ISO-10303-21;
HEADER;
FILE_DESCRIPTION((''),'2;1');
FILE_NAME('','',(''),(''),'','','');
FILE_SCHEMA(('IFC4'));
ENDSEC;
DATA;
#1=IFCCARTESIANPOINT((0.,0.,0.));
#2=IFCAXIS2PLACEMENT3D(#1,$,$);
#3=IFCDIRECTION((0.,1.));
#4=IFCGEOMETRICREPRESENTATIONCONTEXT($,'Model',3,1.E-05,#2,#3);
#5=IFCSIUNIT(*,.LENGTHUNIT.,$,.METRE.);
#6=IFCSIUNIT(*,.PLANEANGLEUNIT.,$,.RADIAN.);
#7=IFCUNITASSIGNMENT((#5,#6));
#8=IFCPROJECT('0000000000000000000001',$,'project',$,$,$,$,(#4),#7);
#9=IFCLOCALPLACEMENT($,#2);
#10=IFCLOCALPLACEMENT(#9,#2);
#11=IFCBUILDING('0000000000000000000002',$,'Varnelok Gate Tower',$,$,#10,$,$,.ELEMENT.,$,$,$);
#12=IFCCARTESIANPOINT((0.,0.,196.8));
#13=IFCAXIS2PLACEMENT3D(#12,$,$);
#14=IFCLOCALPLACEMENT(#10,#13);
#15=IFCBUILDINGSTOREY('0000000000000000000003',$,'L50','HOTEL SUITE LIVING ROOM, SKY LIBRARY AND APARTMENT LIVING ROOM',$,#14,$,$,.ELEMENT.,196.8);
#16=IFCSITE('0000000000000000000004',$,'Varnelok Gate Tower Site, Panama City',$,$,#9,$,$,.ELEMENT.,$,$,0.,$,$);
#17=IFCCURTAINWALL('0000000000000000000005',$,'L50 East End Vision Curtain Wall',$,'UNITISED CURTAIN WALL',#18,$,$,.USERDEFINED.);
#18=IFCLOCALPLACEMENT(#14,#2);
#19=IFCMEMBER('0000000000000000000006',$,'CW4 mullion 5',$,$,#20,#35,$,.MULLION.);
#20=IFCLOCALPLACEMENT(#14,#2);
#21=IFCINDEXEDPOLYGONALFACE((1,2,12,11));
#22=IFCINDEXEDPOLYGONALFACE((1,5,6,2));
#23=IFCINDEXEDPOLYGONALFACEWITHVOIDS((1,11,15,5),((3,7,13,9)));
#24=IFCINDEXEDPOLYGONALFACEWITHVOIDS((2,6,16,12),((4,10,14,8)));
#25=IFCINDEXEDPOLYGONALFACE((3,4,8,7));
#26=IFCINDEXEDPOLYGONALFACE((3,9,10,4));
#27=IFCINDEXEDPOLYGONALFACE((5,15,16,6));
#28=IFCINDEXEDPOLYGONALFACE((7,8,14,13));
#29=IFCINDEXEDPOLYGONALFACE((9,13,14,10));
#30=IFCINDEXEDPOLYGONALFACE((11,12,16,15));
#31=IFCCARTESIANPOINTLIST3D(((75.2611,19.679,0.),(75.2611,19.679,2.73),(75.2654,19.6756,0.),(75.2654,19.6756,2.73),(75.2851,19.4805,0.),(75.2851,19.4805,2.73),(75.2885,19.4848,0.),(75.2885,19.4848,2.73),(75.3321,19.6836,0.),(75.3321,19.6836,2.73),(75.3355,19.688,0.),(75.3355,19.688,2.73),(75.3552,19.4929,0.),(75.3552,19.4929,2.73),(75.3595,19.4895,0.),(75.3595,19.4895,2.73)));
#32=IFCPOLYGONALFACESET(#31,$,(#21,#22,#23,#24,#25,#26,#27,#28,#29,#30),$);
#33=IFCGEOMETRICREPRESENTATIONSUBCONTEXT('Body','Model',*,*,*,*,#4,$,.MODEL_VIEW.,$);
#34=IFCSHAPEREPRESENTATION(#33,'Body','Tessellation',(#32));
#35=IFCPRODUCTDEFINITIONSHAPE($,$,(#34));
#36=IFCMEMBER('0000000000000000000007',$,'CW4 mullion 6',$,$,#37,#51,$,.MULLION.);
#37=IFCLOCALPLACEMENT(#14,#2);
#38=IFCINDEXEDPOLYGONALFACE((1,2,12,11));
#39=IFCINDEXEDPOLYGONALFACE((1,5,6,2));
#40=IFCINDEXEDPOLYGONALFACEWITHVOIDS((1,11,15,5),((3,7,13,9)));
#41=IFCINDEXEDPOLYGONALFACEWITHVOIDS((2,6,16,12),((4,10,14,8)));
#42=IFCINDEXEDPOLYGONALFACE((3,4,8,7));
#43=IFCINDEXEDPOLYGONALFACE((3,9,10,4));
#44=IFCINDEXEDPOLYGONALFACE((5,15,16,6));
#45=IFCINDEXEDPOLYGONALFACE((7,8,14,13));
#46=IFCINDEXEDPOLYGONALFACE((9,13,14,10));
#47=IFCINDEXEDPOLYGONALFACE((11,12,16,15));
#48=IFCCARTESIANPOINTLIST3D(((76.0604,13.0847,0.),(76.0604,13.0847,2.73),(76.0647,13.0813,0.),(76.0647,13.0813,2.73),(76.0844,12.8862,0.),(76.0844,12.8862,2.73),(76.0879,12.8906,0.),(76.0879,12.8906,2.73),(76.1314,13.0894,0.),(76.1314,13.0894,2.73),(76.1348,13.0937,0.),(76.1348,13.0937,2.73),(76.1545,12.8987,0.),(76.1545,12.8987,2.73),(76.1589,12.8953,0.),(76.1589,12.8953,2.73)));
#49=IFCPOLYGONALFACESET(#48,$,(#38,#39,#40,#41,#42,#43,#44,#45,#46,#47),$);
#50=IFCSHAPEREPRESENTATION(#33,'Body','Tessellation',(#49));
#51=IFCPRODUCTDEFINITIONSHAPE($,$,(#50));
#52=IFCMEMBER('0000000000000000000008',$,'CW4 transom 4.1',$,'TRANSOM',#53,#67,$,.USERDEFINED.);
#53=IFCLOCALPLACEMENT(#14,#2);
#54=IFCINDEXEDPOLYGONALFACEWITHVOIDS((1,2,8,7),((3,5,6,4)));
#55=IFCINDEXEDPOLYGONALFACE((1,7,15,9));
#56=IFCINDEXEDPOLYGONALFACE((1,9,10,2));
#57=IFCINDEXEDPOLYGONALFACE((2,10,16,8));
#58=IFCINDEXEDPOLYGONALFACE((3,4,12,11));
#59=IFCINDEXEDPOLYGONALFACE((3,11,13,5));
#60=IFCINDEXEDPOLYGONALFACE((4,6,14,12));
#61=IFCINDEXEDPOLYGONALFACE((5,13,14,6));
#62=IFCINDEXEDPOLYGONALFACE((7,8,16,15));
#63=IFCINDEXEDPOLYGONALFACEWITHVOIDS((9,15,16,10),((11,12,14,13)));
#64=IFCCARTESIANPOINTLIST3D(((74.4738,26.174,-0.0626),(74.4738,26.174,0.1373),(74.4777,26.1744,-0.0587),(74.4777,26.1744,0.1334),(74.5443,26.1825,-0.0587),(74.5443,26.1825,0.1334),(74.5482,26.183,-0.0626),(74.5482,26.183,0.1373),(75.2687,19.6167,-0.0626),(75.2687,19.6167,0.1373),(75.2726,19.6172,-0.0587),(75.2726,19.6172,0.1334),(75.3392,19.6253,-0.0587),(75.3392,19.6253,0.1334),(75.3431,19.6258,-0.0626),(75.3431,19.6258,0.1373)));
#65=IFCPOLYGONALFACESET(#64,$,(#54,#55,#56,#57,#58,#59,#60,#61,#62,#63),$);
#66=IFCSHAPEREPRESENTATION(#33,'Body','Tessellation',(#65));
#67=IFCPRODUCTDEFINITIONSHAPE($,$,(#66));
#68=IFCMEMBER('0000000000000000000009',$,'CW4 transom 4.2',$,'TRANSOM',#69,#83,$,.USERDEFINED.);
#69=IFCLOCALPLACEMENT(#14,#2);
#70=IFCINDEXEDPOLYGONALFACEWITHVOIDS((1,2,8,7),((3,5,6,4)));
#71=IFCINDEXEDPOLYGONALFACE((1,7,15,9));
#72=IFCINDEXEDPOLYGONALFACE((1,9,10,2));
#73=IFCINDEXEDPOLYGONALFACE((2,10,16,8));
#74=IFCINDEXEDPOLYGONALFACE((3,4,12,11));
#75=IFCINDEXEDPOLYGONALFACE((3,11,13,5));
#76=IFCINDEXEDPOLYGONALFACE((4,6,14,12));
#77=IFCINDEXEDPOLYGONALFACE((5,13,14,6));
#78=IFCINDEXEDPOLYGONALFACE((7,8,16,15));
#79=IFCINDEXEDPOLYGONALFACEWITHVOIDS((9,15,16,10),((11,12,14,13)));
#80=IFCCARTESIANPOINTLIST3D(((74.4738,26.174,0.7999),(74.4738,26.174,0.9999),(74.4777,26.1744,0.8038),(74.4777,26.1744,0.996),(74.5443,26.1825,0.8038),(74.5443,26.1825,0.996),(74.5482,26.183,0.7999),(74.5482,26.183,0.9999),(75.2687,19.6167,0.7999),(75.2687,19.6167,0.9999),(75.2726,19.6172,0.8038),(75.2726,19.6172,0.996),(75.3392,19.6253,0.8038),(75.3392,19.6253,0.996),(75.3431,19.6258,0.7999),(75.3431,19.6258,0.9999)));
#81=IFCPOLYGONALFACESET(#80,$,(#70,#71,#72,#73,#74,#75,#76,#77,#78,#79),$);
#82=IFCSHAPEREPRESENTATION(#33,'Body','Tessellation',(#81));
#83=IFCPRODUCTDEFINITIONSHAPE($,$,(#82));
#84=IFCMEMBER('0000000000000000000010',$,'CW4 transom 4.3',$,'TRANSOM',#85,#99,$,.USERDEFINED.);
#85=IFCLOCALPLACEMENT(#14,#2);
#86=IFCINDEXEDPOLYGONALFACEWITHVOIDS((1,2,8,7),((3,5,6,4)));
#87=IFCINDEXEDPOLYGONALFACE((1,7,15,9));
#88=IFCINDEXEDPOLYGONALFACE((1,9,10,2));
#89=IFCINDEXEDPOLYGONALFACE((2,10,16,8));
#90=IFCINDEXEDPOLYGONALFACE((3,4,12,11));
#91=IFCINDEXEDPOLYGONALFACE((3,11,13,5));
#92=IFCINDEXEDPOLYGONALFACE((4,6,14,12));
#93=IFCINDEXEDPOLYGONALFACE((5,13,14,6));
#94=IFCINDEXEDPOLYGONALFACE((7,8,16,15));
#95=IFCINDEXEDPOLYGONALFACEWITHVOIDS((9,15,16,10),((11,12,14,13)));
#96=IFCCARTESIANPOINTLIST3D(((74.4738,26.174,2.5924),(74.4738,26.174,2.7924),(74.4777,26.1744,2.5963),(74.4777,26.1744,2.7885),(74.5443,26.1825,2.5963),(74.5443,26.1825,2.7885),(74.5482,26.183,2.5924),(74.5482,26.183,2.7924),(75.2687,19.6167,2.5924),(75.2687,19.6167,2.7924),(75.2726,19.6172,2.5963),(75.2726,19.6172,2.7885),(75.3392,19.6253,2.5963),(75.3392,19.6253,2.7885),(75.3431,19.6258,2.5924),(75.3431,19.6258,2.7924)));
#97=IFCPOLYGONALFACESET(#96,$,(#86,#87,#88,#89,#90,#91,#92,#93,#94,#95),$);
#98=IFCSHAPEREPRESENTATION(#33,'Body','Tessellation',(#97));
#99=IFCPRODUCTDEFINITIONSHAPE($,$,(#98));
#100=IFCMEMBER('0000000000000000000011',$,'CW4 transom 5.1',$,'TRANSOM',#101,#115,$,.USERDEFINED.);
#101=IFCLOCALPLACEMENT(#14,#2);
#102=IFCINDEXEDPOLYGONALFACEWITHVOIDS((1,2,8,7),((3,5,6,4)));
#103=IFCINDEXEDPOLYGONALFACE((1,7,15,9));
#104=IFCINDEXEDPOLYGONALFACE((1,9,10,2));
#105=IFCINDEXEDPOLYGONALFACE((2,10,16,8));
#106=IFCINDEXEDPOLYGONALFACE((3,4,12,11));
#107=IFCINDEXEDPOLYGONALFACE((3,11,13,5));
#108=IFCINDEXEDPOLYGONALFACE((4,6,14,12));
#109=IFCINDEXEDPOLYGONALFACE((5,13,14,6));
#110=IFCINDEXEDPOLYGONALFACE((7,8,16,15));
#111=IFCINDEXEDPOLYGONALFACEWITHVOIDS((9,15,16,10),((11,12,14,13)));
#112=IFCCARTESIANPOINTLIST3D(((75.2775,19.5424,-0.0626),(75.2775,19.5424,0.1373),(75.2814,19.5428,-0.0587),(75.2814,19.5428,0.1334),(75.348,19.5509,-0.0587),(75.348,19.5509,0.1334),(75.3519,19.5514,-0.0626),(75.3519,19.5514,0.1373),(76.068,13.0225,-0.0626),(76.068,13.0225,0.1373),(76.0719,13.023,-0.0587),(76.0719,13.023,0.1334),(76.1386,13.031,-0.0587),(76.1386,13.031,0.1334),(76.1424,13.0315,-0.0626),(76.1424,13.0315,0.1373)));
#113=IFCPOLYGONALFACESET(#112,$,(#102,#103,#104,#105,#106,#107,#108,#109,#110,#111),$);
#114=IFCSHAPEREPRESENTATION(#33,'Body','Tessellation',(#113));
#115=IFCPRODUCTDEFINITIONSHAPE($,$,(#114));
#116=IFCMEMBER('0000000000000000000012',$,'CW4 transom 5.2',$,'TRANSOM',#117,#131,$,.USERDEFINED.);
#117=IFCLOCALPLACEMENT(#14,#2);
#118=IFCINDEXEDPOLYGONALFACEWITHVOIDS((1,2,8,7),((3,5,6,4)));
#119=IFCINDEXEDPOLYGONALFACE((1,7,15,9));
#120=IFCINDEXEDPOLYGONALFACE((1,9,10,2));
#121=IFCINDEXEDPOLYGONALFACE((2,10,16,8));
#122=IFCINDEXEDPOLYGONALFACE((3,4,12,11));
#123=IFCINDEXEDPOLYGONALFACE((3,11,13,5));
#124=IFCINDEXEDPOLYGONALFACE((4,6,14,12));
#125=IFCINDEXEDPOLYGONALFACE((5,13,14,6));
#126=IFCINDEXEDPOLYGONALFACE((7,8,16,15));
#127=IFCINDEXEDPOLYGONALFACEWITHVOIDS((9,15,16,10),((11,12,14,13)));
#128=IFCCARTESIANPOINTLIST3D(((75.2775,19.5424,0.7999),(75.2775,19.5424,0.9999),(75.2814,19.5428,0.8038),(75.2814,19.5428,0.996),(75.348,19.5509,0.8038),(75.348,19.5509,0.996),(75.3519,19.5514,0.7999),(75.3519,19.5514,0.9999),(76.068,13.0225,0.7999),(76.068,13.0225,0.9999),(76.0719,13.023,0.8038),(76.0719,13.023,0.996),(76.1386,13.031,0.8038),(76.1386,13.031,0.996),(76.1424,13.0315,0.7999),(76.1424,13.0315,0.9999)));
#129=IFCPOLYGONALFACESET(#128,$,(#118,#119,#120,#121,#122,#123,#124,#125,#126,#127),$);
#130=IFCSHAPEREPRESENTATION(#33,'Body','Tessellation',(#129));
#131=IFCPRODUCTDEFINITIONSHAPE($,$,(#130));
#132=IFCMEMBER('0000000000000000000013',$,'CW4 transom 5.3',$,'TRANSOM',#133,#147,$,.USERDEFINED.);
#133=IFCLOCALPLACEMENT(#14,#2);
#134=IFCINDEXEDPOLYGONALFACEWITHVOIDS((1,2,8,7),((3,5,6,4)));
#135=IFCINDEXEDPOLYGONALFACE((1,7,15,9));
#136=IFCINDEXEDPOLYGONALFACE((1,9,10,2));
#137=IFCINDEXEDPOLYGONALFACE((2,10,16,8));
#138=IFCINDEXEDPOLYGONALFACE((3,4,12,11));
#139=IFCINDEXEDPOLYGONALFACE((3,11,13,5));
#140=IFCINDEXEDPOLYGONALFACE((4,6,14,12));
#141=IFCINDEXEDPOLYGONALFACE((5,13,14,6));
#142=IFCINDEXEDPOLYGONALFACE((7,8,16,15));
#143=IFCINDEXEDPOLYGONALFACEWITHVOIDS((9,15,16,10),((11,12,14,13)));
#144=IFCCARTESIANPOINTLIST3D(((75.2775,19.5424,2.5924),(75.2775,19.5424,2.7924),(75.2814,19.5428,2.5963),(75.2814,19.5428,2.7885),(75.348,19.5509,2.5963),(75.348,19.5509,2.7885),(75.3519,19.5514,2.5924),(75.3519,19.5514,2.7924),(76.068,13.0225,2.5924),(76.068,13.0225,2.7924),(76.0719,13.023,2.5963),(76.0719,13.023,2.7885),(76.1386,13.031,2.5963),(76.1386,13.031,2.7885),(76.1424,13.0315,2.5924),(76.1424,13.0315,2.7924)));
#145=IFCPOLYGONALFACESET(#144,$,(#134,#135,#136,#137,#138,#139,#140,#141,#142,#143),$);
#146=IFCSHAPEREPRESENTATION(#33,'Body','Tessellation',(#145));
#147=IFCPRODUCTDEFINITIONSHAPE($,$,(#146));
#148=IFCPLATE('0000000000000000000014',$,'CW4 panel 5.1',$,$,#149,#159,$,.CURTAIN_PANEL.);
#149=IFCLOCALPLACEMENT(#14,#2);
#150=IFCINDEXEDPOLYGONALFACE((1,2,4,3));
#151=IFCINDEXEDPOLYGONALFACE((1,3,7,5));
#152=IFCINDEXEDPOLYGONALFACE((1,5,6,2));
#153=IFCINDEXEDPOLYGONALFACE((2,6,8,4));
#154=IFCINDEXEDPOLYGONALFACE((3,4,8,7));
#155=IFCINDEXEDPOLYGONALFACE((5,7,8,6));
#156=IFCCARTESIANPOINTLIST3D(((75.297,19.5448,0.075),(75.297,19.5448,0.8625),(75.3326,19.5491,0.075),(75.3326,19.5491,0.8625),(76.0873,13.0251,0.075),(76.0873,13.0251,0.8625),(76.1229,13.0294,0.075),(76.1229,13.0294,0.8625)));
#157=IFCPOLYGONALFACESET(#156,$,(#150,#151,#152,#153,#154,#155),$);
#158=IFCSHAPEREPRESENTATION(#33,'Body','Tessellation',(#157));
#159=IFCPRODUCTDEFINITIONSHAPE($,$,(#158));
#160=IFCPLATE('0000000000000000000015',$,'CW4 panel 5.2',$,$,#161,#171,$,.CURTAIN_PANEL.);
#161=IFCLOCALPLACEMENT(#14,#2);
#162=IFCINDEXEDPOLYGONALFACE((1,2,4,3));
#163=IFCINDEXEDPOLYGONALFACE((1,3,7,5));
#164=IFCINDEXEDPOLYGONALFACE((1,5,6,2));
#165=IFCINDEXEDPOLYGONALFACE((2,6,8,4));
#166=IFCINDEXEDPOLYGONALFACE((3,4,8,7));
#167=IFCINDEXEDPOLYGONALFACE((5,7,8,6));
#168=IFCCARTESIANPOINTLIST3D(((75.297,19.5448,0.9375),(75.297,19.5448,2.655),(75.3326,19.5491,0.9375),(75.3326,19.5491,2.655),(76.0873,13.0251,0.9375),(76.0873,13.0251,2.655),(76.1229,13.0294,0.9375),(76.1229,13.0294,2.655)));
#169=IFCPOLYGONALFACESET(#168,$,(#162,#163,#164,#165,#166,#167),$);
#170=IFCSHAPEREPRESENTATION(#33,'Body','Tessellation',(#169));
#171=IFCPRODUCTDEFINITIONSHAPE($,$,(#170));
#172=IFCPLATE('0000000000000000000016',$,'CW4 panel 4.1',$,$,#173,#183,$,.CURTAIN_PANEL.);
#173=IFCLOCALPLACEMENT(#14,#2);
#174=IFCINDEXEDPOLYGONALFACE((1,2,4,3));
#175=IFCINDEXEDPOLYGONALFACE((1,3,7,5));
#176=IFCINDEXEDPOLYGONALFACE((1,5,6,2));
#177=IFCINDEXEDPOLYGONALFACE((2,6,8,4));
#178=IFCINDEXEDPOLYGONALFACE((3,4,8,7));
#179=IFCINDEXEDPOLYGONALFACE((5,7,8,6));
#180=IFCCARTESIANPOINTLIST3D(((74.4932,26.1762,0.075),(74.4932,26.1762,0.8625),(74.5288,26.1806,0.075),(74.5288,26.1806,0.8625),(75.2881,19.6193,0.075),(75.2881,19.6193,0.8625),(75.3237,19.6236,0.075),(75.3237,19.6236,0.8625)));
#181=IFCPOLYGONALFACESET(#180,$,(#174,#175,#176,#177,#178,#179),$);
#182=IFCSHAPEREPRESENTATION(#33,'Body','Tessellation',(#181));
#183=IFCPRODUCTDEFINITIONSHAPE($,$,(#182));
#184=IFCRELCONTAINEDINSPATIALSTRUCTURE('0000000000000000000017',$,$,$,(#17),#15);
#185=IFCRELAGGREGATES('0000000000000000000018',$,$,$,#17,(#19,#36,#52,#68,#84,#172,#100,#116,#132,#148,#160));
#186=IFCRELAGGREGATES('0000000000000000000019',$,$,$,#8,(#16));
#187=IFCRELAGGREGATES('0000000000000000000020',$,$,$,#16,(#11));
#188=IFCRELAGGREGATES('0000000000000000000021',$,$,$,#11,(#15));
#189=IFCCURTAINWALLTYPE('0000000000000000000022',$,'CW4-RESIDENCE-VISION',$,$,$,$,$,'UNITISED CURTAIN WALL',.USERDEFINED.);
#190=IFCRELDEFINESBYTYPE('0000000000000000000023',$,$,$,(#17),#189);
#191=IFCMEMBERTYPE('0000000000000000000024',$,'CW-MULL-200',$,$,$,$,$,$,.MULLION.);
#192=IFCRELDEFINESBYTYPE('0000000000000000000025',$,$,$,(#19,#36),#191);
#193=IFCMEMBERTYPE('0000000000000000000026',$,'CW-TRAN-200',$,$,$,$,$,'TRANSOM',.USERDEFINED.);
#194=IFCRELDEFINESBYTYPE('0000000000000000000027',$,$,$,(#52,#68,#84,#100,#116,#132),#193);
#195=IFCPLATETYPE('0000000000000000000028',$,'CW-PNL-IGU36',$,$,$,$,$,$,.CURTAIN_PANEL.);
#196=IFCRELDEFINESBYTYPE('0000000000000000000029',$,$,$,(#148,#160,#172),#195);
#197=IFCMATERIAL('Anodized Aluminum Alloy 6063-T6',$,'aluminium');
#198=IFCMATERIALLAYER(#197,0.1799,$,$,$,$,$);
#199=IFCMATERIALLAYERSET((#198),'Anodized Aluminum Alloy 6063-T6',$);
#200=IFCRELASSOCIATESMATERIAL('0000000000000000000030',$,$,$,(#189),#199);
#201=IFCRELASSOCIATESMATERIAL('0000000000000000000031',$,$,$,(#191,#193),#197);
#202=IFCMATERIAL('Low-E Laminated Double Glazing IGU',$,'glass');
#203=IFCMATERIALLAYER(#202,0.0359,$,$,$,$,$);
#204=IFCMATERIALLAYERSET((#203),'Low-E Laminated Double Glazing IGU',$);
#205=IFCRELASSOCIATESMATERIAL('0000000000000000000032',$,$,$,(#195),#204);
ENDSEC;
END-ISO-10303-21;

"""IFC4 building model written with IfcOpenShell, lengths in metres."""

from ifc_helpers import new_model, si_unit, direction, frame, origin, origin_2d, place, context, subcontext, project, spatial, rectangle, hollow_rectangle, extrude, source, transform, mapped, material, layer, layer_set, material_profile, profile_set, type_object, element, aggregate, save


model = new_model("IFC4")

# Units and contexts
model_context = context("Model", 3, precision=1e-05, world=origin(), true_north=direction((0.0, 1.0)))
body_context = subcontext(model_context, "Body", "Model", "MODEL_VIEW")
ifc_project = project(units=[si_unit("LENGTHUNIT", "METRE"), si_unit("PLANEANGLEUNIT", "RADIAN")], contexts=[model_context])

# Site, building, storey
site_placement = place(None, origin())
site = spatial("IfcSite", under=ifc_project, at=site_placement, Name="Varnelok Gate Tower Site, Panama City", CompositionType="ELEMENT", RefElevation=0.0)
building_placement = place(site_placement, origin())
building = spatial("IfcBuilding", under=site, at=building_placement, Name="Varnelok Gate Tower", CompositionType="ELEMENT")
storey_placement = place(building_placement, frame((0.0, 0.0, 196.8)))
storey = spatial("IfcBuildingStorey", under=building, at=storey_placement, Name="L50", Description="HOTEL SUITE LIVING ROOM, SKY LIBRARY AND APARTMENT LIVING ROOM", CompositionType="ELEMENT", Elevation=196.8)

# Shared definitions
ifc_material_1 = material(Name="Anodized Aluminum Alloy 6063-T6", Category="aluminium")

# Curtain wall, members, plates
ifc_layer_1 = layer(ifc_material_1, 0.1799)
ifc_layer_set_1 = layer_set([ifc_layer_1], Name="Anodized Aluminum Alloy 6063-T6")
curtain_wall_type_1 = type_object("IfcCurtainWallType", Name="CW4-RESIDENCE-VISION", ElementType="UNITISED CURTAIN WALL", PredefinedType="USERDEFINED", material=ifc_layer_set_1)
curtain_wall_1_placement = place(storey_placement, origin())
curtain_wall_1 = element("IfcCurtainWall", 1, at=curtain_wall_1_placement, inside=storey, type_object=curtain_wall_type_1, Name="L50 East End Vision Curtain Wall", ObjectType="UNITISED CURTAIN WALL", PredefinedType="USERDEFINED")
ifc_material_profile_1 = material_profile(ifc_material_1, hollow_rectangle(XDim=0.075, YDim=0.2, WallThickness=0.0039, at=origin_2d()), Name="ALU200X75X4")
ifc_profile_set_1 = profile_set([ifc_material_profile_1], Name="Anodized Aluminum Alloy 6063-T6")
member_type_1 = type_object("IfcMemberType", Name="CW-MULL-200", PredefinedType="MULLION", material=ifc_profile_set_1)
member_1_placement = place(storey_placement, frame((75.3103, 19.5842, 0.0), z_axis=(0.0, 0.0, 1.0), x_axis=(0.992732, 0.120345, 0.0)))
member_1 = element("IfcMember", 2, at=member_1_placement, type_object=member_type_1, Name="CW4 mullion 5", PredefinedType="MULLION", context=body_context, shape_type="SweptSolid", body=[
    extrude(hollow_rectangle(XDim=0.075, YDim=0.2, WallThickness=0.0039, at=origin_2d()), origin(), (0.0, 0.0, 1.0), 2.73),
])
member_2_placement = place(storey_placement, frame((76.1096, 12.99, 0.0), z_axis=(0.0, 0.0, 1.0), x_axis=(0.992732, 0.120345, 0.0)))
member_2 = element("IfcMember", 3, at=member_2_placement, type_object=member_type_1, Name="CW4 mullion 6", PredefinedType="MULLION", context=body_context, shape_type="SweptSolid", body=[
    extrude(hollow_rectangle(XDim=0.075, YDim=0.2, WallThickness=0.0039, at=origin_2d()), origin(), (0.0, 0.0, 1.0), 2.73),
])
ifc_material_profile_2 = material_profile(ifc_material_1, hollow_rectangle(XDim=0.075, YDim=0.2, WallThickness=0.0039, at=origin_2d()), Name="ALU200X75X4")
ifc_profile_set_2 = profile_set([ifc_material_profile_2], Name="Anodized Aluminum Alloy 6063-T6")
member_type_2 = type_object("IfcMemberType", Name="CW-TRAN-200", ElementType="TRANSOM", PredefinedType="USERDEFINED", material=ifc_profile_set_2)
member_3_placement = place(storey_placement, frame((74.511, 26.1785, 0.0374), z_axis=(0.120349, -0.992732, 0.0), x_axis=(0.992732, 0.120349, 0.0)))
member_3 = element("IfcMember", 4, at=member_3_placement, type_object=member_type_2, Name="CW4 transom 4.1", ObjectType="TRANSOM", PredefinedType="USERDEFINED", context=body_context, shape_type="SweptSolid", body=[
    extrude(hollow_rectangle(XDim=0.075, YDim=0.2, WallThickness=0.0039, at=origin_2d()), origin(), (0.0, 0.0, 1.0), 6.6052),
])
member_4_placement = place(storey_placement, frame((74.511, 26.1785, 0.8999), z_axis=(0.120349, -0.992732, 0.0), x_axis=(0.992732, 0.120349, 0.0)))
member_4 = element("IfcMember", 5, at=member_4_placement, type_object=member_type_2, Name="CW4 transom 4.2", ObjectType="TRANSOM", PredefinedType="USERDEFINED", context=body_context, shape_type="SweptSolid", body=[
    extrude(hollow_rectangle(XDim=0.075, YDim=0.2, WallThickness=0.0039, at=origin_2d()), origin(), (0.0, 0.0, 1.0), 6.6052),
])
member_5_placement = place(storey_placement, frame((74.511, 26.1785, 2.6924), z_axis=(0.120349, -0.992732, 0.0), x_axis=(0.992732, 0.120349, 0.0)))
member_5 = element("IfcMember", 6, at=member_5_placement, type_object=member_type_2, Name="CW4 transom 4.3", ObjectType="TRANSOM", PredefinedType="USERDEFINED", context=body_context, shape_type="SweptSolid", body=[
    extrude(hollow_rectangle(XDim=0.075, YDim=0.2, WallThickness=0.0039, at=origin_2d()), origin(), (0.0, 0.0, 1.0), 6.6052),
])
member_6_placement = place(storey_placement, frame((75.3147, 19.5469, 0.0374), z_axis=(0.120369, -0.992729, 0.0), x_axis=(0.992729, 0.120369, 0.0)))
member_6 = element("IfcMember", 7, at=member_6_placement, type_object=member_type_2, Name="CW4 transom 5.1", ObjectType="TRANSOM", PredefinedType="USERDEFINED", context=body_context, shape_type="SweptSolid", body=[
    extrude(hollow_rectangle(XDim=0.075, YDim=0.2, WallThickness=0.0039, at=origin_2d()), origin(), (0.0, 0.0, 1.0), 6.5676),
])
member_7_placement = place(storey_placement, frame((75.3147, 19.5469, 0.8999), z_axis=(0.120369, -0.992729, 0.0), x_axis=(0.992729, 0.120369, 0.0)))
member_7 = element("IfcMember", 8, at=member_7_placement, type_object=member_type_2, Name="CW4 transom 5.2", ObjectType="TRANSOM", PredefinedType="USERDEFINED", context=body_context, shape_type="SweptSolid", body=[
    extrude(hollow_rectangle(XDim=0.075, YDim=0.2, WallThickness=0.0039, at=origin_2d()), origin(), (0.0, 0.0, 1.0), 6.5676),
])
member_8_placement = place(storey_placement, frame((75.3147, 19.5469, 2.6924), z_axis=(0.120369, -0.992729, 0.0), x_axis=(0.992729, 0.120369, 0.0)))
member_8 = element("IfcMember", 9, at=member_8_placement, type_object=member_type_2, Name="CW4 transom 5.3", ObjectType="TRANSOM", PredefinedType="USERDEFINED", context=body_context, shape_type="SweptSolid", body=[
    extrude(hollow_rectangle(XDim=0.075, YDim=0.2, WallThickness=0.0039, at=origin_2d()), origin(), (0.0, 0.0, 1.0), 6.5676),
])
ifc_material_2 = material(Name="Low-E Laminated Double Glazing IGU", Category="glass")
ifc_layer_2 = layer(ifc_material_2, 0.0359)
ifc_layer_set_2 = layer_set([ifc_layer_2], Name="Low-E Laminated Double Glazing IGU")
plate_type_1 = type_object("IfcPlateType", Name="CW-PNL-IGU36", PredefinedType="CURTAIN_PANEL", material=ifc_layer_set_2)
shared_shape_1 = source(origin(), body_context, "Body", "SweptSolid", [
    extrude(rectangle(XDim=6.5674, YDim=0.0359, at=origin_2d()), origin(), (0.0, 0.0, 1.0), 0.7876),
])
plate_1_placement = place(storey_placement, frame((75.71, 16.2871, 0.075), z_axis=(0.0, 0.0, 1.0), x_axis=(0.120345, -0.992732, 0.0)))
plate_1 = element("IfcPlate", 10, at=plate_1_placement, type_object=plate_type_1, Name="CW4 panel 5.1", PredefinedType="CURTAIN_PANEL", context=body_context, shape_type="MappedRepresentation", body=[
    mapped(shared_shape_1, transform((0.0, 0.0, 0.0), scale=1.0)),
])
shared_shape_2 = source(origin(), body_context, "Body", "SweptSolid", [
    extrude(rectangle(XDim=6.5674, YDim=0.0359, at=origin_2d()), origin(), (0.0, 0.0, 1.0), 1.7175),
])
plate_2_placement = place(storey_placement, frame((75.71, 16.2871, 0.9375), z_axis=(0.0, 0.0, 1.0), x_axis=(0.120345, -0.992732, 0.0)))
plate_2 = element("IfcPlate", 11, at=plate_2_placement, type_object=plate_type_1, Name="CW4 panel 5.2", PredefinedType="CURTAIN_PANEL", context=body_context, shape_type="MappedRepresentation", body=[
    mapped(shared_shape_2, transform((0.0, 0.0, 0.0), scale=1.0)),
])
shared_shape_3 = source(origin(), body_context, "Body", "SweptSolid", [
    extrude(rectangle(XDim=6.605, YDim=0.0359, at=origin_2d()), origin(), (0.0, 0.0, 1.0), 0.7876),
])
plate_3_placement = place(storey_placement, frame((74.9084, 22.8999, 0.075), z_axis=(0.0, 0.0, 1.0), x_axis=(0.120345, -0.992732, 0.0)))
plate_3 = element("IfcPlate", 12, at=plate_3_placement, type_object=plate_type_1, Name="CW4 panel 4.1", PredefinedType="CURTAIN_PANEL", context=body_context, shape_type="MappedRepresentation", body=[
    mapped(shared_shape_3, transform((0.0, 0.0, 0.0), scale=1.0)),
])
aggregate(curtain_wall_1, [member_1, member_2, member_3, member_4, member_5, plate_3, member_6, member_7, member_8, plate_1, plate_2])

save(model, "model.ifc")
